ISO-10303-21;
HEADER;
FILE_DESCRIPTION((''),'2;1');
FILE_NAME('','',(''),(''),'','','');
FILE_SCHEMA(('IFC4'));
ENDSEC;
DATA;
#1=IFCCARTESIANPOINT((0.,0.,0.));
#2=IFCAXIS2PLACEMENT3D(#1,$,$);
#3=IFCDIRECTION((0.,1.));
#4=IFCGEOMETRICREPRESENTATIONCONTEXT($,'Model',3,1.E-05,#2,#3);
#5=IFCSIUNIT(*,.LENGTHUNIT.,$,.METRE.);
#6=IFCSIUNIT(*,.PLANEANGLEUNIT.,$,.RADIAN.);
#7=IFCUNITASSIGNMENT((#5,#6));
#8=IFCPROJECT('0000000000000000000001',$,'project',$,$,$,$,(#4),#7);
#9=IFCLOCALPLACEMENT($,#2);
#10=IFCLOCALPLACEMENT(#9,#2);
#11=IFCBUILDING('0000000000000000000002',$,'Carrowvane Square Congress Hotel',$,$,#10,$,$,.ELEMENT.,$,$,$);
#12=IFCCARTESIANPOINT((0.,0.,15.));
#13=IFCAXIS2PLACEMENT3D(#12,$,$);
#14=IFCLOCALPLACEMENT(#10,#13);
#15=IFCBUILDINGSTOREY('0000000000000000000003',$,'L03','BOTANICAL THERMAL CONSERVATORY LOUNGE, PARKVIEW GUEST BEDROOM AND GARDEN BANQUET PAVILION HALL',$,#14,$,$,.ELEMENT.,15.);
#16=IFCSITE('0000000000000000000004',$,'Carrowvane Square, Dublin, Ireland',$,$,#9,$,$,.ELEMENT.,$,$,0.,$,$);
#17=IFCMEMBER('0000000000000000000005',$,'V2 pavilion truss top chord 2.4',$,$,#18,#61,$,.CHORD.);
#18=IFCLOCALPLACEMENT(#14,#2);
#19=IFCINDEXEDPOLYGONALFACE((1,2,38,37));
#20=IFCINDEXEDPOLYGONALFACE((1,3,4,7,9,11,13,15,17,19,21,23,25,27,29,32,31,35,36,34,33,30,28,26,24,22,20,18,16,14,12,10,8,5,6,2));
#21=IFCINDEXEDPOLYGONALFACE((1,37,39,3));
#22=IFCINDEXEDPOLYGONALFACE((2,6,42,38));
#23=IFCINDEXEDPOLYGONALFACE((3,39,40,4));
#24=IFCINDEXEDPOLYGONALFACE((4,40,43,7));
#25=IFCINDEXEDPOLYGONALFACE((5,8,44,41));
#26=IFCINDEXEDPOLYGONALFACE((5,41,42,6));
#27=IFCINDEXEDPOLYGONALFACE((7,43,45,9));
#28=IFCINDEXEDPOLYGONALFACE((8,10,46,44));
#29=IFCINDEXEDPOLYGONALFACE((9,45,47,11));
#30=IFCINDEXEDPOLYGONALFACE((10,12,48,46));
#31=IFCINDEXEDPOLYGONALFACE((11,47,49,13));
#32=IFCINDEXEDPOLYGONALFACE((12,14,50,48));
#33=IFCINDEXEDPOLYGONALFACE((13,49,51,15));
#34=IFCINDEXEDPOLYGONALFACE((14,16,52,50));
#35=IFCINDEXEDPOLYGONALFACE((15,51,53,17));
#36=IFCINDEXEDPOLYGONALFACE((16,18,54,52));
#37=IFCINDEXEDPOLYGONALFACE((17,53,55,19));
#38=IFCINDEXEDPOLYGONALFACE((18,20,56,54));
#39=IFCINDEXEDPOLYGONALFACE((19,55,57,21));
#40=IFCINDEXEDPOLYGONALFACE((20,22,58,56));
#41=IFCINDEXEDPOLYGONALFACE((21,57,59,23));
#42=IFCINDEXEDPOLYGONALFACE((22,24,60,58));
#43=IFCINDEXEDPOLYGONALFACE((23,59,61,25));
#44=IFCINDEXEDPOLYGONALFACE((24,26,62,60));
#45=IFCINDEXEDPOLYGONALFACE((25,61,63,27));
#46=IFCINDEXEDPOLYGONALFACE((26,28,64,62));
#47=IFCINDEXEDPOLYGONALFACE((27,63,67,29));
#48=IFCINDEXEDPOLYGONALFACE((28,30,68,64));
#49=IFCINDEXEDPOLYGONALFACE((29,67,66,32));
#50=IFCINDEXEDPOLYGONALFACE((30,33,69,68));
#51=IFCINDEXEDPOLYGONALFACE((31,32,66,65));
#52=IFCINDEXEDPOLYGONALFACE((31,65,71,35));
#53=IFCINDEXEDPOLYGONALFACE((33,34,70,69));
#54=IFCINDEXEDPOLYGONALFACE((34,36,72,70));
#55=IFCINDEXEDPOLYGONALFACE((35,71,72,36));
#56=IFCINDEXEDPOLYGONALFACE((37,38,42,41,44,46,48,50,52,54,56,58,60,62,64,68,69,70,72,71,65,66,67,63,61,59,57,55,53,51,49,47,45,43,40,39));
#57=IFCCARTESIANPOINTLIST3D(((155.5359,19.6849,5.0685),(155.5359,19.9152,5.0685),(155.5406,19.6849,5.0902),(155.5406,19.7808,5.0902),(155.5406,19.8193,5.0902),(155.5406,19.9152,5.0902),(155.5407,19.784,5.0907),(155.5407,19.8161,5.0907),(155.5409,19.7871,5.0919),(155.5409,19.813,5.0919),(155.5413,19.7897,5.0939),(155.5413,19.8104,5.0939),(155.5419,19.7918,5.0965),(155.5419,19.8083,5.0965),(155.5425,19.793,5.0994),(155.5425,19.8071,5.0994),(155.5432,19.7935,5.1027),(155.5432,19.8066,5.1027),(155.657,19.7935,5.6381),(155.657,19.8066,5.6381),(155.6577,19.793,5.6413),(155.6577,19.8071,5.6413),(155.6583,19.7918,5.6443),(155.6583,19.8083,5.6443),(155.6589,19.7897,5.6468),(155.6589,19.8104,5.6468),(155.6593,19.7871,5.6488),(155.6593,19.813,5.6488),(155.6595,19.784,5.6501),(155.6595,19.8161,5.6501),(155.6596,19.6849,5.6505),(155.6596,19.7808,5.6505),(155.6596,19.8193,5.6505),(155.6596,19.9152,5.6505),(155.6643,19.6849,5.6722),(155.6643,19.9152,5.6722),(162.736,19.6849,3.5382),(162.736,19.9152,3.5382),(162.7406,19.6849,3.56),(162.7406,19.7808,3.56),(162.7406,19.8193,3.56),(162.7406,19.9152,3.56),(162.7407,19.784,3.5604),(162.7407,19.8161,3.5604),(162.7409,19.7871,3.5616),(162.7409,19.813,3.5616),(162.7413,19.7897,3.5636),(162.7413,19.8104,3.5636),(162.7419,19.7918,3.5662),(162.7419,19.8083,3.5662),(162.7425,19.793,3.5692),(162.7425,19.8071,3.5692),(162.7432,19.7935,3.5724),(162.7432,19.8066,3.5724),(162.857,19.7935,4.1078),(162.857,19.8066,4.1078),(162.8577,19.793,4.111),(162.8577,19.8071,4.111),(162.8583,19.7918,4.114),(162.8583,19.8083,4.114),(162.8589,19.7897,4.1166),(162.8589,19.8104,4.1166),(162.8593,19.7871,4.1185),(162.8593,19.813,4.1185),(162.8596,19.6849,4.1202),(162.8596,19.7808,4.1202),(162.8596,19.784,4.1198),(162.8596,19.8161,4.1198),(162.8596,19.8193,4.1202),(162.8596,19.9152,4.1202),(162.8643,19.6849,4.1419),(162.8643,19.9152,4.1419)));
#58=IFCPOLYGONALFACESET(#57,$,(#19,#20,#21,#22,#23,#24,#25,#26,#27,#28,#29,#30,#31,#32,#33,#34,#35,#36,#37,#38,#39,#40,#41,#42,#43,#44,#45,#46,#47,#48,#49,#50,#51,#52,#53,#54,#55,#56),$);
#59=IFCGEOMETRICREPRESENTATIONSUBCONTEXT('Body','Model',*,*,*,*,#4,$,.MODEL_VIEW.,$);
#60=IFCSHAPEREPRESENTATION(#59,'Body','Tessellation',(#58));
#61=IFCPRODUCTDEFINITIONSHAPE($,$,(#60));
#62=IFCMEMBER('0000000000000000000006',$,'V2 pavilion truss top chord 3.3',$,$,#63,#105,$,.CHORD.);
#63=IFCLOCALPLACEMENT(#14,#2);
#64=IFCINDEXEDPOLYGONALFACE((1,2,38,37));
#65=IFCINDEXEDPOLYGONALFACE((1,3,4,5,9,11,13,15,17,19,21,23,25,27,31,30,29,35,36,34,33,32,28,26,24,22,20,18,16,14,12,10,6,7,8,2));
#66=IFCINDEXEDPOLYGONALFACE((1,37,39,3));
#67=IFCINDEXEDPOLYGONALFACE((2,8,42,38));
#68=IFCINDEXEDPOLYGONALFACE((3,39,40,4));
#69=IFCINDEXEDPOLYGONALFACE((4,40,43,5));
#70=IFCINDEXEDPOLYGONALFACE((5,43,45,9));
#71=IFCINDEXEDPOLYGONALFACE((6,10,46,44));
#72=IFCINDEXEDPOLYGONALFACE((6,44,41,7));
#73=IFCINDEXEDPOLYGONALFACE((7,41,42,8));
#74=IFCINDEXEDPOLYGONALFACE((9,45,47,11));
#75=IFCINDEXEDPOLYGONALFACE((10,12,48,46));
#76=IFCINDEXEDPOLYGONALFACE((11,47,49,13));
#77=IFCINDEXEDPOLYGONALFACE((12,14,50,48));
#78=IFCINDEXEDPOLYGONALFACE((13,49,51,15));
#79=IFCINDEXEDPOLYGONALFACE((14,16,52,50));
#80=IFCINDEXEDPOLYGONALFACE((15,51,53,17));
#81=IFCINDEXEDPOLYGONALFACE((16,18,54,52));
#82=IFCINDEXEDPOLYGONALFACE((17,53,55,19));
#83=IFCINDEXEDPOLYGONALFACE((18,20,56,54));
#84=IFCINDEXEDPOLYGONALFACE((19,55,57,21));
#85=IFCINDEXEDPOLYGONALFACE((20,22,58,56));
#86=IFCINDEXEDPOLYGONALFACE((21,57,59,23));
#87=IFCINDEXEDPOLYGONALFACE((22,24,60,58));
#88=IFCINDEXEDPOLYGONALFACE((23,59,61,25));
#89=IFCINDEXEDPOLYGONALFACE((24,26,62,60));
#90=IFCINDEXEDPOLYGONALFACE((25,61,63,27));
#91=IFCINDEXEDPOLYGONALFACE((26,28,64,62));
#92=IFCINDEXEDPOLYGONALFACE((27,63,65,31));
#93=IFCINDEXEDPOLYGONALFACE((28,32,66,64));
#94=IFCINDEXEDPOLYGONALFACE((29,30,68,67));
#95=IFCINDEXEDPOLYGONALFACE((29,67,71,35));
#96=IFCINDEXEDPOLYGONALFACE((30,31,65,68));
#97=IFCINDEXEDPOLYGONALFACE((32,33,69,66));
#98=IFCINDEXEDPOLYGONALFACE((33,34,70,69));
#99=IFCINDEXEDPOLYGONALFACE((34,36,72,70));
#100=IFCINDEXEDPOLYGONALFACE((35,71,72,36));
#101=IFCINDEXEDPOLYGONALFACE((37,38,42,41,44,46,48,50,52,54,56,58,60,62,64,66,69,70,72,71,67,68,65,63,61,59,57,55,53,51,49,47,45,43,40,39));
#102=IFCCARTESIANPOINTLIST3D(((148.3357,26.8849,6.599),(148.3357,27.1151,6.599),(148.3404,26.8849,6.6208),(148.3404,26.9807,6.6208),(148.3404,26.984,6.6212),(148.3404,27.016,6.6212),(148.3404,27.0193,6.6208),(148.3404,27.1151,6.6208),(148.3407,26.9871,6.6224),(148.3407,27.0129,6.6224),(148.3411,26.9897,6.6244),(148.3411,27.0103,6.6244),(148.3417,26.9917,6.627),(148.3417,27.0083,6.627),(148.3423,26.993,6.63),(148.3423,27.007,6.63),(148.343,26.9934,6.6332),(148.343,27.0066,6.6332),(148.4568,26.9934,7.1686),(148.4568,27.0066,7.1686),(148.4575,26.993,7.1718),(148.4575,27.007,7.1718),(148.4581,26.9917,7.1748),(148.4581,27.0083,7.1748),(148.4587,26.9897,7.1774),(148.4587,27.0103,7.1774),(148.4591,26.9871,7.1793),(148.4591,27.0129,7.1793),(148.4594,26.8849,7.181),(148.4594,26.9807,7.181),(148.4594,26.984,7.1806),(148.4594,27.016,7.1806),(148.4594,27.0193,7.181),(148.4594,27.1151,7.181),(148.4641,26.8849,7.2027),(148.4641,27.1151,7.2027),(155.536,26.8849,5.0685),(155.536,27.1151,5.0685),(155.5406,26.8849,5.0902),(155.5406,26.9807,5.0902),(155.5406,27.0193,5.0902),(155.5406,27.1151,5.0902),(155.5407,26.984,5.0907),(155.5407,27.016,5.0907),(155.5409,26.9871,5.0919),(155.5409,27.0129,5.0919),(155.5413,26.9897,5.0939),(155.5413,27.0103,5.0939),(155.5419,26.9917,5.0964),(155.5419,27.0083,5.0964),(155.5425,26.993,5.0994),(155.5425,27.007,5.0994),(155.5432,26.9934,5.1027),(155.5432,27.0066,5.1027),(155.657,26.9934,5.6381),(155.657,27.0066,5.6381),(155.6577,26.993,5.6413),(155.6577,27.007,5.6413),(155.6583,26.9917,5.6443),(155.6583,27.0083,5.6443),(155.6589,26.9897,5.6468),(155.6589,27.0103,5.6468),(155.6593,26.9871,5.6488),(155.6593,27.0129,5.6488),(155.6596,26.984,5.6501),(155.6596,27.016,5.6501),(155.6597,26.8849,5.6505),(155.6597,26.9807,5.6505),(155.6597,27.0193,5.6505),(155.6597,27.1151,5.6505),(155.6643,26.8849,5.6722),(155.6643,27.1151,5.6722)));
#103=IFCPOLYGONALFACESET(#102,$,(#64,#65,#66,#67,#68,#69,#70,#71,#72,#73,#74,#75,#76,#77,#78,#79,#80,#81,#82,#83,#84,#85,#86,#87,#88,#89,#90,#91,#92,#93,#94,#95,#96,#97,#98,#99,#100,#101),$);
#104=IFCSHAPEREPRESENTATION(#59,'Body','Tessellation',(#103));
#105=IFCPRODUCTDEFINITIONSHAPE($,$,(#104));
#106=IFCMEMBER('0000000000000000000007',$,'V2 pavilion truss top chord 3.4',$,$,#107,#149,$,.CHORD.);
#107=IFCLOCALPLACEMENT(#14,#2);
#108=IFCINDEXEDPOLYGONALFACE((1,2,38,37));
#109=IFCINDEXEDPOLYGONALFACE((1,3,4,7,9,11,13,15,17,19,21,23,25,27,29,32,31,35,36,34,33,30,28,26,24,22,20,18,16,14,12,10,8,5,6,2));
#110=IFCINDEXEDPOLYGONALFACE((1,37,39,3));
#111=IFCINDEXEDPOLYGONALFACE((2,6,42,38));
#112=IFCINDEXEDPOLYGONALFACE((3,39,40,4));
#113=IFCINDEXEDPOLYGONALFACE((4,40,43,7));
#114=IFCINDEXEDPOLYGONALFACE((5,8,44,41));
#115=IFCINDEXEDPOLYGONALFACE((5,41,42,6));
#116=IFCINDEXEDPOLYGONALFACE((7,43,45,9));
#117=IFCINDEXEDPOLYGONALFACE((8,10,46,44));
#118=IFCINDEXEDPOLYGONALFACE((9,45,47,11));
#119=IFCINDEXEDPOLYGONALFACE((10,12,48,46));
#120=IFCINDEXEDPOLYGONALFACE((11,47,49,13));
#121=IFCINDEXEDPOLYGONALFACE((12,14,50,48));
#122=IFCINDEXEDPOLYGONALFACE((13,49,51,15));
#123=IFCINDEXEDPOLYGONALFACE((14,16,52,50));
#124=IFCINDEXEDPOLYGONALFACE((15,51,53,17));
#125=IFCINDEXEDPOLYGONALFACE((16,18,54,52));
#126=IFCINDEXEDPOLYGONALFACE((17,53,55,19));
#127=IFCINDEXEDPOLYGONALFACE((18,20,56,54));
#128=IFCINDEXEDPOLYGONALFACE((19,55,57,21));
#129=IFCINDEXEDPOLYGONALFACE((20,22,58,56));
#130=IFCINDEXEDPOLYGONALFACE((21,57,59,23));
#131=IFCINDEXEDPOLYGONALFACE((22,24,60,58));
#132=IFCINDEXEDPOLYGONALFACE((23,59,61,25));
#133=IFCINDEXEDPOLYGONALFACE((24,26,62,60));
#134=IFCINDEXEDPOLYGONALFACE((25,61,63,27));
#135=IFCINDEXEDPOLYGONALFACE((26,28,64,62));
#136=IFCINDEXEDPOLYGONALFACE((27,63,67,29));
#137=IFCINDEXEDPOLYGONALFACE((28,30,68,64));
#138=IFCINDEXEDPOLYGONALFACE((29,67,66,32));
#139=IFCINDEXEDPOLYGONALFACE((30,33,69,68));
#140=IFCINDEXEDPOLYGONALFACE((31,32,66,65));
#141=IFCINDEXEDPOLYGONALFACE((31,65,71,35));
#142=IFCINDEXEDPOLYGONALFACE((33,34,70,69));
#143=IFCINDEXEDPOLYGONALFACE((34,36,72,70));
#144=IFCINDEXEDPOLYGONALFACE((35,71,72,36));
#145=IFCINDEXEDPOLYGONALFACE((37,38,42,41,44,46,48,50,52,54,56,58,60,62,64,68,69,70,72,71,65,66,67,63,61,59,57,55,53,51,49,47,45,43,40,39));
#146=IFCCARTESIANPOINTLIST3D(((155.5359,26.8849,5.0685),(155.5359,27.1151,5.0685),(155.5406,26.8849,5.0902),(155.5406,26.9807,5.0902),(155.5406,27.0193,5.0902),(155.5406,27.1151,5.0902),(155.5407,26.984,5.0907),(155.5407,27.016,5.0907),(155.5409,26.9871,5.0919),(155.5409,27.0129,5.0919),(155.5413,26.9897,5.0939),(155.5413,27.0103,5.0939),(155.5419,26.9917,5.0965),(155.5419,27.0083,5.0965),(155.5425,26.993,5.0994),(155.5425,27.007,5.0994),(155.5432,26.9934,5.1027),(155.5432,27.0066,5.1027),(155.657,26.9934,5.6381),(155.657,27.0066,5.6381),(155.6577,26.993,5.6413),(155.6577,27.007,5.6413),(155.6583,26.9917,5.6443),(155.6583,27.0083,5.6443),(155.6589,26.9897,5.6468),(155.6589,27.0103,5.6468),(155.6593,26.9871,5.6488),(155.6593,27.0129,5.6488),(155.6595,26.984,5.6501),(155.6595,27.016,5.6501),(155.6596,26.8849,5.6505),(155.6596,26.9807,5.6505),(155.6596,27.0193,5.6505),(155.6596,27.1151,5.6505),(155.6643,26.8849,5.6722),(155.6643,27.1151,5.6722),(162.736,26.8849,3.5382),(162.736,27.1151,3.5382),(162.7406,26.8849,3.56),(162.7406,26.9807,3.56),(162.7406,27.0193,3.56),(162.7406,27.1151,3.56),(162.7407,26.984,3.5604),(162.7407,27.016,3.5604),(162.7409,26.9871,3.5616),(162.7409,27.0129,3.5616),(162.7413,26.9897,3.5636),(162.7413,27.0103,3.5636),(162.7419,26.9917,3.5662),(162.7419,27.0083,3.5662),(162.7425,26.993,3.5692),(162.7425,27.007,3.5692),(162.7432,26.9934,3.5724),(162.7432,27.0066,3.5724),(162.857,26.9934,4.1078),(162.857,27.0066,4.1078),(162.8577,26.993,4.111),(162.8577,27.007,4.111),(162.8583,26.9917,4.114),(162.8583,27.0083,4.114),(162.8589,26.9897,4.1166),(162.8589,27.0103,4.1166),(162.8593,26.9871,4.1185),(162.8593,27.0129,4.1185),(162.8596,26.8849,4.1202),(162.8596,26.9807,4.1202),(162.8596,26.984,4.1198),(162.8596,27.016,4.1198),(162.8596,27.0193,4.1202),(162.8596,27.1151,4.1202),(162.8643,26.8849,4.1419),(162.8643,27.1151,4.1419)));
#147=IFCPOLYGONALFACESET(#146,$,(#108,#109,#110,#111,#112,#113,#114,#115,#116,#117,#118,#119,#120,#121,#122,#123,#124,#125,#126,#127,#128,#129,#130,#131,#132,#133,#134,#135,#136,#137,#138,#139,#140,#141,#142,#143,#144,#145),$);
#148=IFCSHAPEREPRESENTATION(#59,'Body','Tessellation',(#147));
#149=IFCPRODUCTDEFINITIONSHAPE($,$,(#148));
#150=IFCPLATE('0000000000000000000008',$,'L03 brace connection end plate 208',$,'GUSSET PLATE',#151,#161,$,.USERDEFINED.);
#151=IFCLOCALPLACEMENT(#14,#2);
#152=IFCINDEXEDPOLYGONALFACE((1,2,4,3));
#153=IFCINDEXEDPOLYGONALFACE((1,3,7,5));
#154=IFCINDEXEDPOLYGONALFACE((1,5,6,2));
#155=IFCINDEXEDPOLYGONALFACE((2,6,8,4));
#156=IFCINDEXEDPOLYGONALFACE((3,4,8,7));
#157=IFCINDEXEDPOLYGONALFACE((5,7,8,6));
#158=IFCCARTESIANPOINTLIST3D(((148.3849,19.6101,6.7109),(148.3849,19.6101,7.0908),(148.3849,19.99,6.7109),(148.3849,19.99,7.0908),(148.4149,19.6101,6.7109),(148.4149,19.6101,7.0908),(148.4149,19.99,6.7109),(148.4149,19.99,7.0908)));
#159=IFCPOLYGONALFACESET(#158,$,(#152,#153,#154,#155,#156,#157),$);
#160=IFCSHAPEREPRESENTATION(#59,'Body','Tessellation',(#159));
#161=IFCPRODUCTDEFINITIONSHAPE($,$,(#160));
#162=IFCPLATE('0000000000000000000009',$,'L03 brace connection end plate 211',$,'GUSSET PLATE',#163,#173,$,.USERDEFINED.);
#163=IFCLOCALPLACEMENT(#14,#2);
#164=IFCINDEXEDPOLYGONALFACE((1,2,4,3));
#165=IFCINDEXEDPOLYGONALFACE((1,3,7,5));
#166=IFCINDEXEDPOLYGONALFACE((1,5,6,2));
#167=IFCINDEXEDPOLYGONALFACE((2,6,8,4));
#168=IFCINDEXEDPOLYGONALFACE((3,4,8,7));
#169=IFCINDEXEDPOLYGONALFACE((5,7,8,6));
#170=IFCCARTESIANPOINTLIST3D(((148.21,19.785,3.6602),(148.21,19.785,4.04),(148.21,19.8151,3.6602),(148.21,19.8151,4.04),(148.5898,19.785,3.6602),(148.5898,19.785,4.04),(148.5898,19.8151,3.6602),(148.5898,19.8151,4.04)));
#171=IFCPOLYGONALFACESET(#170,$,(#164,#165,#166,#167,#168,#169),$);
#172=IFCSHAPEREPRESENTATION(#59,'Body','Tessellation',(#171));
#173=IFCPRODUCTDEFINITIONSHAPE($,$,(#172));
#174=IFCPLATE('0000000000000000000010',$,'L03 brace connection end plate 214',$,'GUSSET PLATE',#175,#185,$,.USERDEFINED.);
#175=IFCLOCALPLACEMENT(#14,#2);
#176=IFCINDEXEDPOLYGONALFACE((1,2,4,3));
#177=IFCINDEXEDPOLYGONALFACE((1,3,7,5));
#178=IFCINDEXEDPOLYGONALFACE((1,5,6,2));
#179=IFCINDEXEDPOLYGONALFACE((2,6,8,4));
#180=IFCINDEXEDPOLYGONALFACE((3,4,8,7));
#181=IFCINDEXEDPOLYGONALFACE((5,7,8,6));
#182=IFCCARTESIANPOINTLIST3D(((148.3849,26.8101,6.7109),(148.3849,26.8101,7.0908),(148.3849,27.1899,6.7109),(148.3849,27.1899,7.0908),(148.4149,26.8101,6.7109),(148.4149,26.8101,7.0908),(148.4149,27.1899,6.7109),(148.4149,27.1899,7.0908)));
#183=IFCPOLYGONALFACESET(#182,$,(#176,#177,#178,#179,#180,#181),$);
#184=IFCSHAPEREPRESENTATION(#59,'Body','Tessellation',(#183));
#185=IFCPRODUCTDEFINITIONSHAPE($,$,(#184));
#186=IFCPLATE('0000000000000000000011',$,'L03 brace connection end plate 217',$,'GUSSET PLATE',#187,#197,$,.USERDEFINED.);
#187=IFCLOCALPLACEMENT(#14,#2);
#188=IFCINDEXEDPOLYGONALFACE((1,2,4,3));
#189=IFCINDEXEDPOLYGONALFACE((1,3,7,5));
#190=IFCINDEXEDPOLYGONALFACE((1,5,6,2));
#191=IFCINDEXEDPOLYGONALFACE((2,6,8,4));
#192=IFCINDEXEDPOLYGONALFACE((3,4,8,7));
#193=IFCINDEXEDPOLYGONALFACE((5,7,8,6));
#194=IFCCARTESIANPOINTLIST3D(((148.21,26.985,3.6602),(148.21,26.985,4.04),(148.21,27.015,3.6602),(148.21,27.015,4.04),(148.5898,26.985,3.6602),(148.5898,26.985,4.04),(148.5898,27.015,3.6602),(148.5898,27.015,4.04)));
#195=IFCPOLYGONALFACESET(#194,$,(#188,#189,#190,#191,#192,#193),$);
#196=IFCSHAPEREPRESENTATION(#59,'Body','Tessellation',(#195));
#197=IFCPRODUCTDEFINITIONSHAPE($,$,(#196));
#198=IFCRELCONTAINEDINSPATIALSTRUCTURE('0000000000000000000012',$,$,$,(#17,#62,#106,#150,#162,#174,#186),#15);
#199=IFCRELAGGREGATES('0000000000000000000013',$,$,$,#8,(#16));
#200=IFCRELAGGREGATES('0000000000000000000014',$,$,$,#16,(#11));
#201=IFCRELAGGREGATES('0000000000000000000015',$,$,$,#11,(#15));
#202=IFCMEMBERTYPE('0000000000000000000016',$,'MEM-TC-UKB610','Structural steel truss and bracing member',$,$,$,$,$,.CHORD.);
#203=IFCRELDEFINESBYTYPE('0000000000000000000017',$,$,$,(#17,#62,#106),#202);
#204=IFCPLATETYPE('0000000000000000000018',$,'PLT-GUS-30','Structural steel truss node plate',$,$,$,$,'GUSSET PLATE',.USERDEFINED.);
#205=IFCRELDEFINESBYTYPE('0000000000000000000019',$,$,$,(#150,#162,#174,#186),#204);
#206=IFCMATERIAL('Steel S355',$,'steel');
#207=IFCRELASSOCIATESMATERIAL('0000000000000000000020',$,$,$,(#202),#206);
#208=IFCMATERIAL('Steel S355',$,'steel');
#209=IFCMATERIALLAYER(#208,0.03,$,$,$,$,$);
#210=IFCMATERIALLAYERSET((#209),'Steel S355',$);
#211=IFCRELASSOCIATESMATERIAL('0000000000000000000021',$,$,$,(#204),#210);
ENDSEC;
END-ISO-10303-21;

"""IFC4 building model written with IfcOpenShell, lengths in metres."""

from ifc_helpers import new_model, si_unit, direction, frame, origin, origin_2d, place, context, subcontext, project, spatial, rectangle, i_section, extrude, material, layer, layer_set, material_profile, profile_set, type_object, element, save


model = new_model("IFC4")

# Units and contexts
model_context = context("Model", 3, precision=1e-05, world=origin(), true_north=direction((0.0, 1.0)))
body_context = subcontext(model_context, "Body", "Model", "MODEL_VIEW")
ifc_project = project(units=[si_unit("LENGTHUNIT", "METRE"), si_unit("PLANEANGLEUNIT", "RADIAN")], contexts=[model_context])

# Site, building, storey
site_placement = place(None, origin())
site = spatial("IfcSite", under=ifc_project, at=site_placement, Name="Carrowvane Square, Dublin, Ireland", CompositionType="ELEMENT", RefElevation=0.0)
building_placement = place(site_placement, origin())
building = spatial("IfcBuilding", under=site, at=building_placement, Name="Carrowvane Square Congress Hotel", CompositionType="ELEMENT")
storey_placement = place(building_placement, frame((0.0, 0.0, 15.0)))
storey = spatial("IfcBuildingStorey", under=building, at=storey_placement, Name="L03", Description="BOTANICAL THERMAL CONSERVATORY LOUNGE, PARKVIEW GUEST BEDROOM AND GARDEN BANQUET PAVILION HALL", CompositionType="ELEMENT", Elevation=15.0)

# Members
ifc_material_1 = material(Name="Steel S355", Category="steel")
ifc_material_profile_1 = material_profile(ifc_material_1, i_section(OverallWidth=0.2302, OverallDepth=0.6172, WebThickness=0.0132, FlangeThickness=0.0222, FilletRadius=0.0127, at=origin_2d()), Name="UKB 610x229x140")
ifc_profile_set_1 = profile_set([ifc_material_profile_1], Name="Steel S355")
member_type_1 = type_object("IfcMemberType", Name="MEM-TC-UKB610", Description="Structural steel truss and bracing member", PredefinedType="CHORD", material=ifc_profile_set_1)
member_1_placement = place(storey_placement, frame((155.6001, 19.8, 5.3704), z_axis=(0.978151, 0.0, -0.207896), x_axis=(0.0, 1.0, 0.0)))
element("IfcMember", 1, at=member_1_placement, inside=storey, type_object=member_type_1, Name="V2 pavilion truss top chord 2.4", PredefinedType="CHORD", context=body_context, shape_type="SweptSolid", body=[
    extrude(i_section(OverallWidth=0.2302, OverallDepth=0.6172, WebThickness=0.0132, FlangeThickness=0.0222, FilletRadius=0.0127, at=origin_2d()), origin(), (0.0, 0.0, 1.0), 7.3608),
])
member_2_placement = place(storey_placement, frame((148.3999, 27.0, 6.9009), z_axis=(0.978146, 0.0, -0.207921), x_axis=(0.0, 1.0, 0.0)))
element("IfcMember", 2, at=member_2_placement, inside=storey, type_object=member_type_1, Name="V2 pavilion truss top chord 3.3", PredefinedType="CHORD", context=body_context, shape_type="SweptSolid", body=[
    extrude(i_section(OverallWidth=0.2302, OverallDepth=0.6172, WebThickness=0.0132, FlangeThickness=0.0222, FilletRadius=0.0127, at=origin_2d()), origin(), (0.0, 0.0, 1.0), 7.3611),
])
member_3_placement = place(storey_placement, frame((155.6001, 27.0, 5.3704), z_axis=(0.978151, 0.0, -0.207896), x_axis=(0.0, 1.0, 0.0)))
element("IfcMember", 3, at=member_3_placement, inside=storey, type_object=member_type_1, Name="V2 pavilion truss top chord 3.4", PredefinedType="CHORD", context=body_context, shape_type="SweptSolid", body=[
    extrude(i_section(OverallWidth=0.2302, OverallDepth=0.6172, WebThickness=0.0132, FlangeThickness=0.0222, FilletRadius=0.0127, at=origin_2d()), origin(), (0.0, 0.0, 1.0), 7.3608),
])

# Plates
ifc_material_2 = material(Name="Steel S355", Category="steel")
ifc_layer_1 = layer(ifc_material_2, 0.03)
ifc_layer_set_1 = layer_set([ifc_layer_1], Name="Steel S355")
plate_type_1 = type_object("IfcPlateType", Name="PLT-GUS-30", Description="Structural steel truss node plate", ElementType="GUSSET PLATE", PredefinedType="USERDEFINED", material=ifc_layer_set_1)
plate_1_placement = place(storey_placement, frame((148.3999, 19.8, 6.7109), z_axis=(0.0, 0.0, 1.0), x_axis=(1.0, 0.0, 0.0)))
element("IfcPlate", 4, at=plate_1_placement, inside=storey, type_object=plate_type_1, Name="L03 brace connection end plate 208", ObjectType="GUSSET PLATE", PredefinedType="USERDEFINED", context=body_context, shape_type="SweptSolid", body=[
    extrude(rectangle(XDim=0.03, YDim=0.3799, at=origin_2d()), origin(), (0.0, 0.0, 1.0), 0.3799),
])
plate_2_placement = place(storey_placement, frame((148.3999, 19.8, 3.6602), z_axis=(0.0, 0.0, 1.0), x_axis=(1.0, 0.0, 0.0)))
element("IfcPlate", 5, at=plate_2_placement, inside=storey, type_object=plate_type_1, Name="L03 brace connection end plate 211", ObjectType="GUSSET PLATE", PredefinedType="USERDEFINED", context=body_context, shape_type="SweptSolid", body=[
    extrude(rectangle(XDim=0.3799, YDim=0.03, at=origin_2d()), origin(), (0.0, 0.0, 1.0), 0.3799),
])
plate_3_placement = place(storey_placement, frame((148.3999, 27.0, 6.7109), z_axis=(0.0, 0.0, 1.0), x_axis=(1.0, 0.0, 0.0)))
element("IfcPlate", 6, at=plate_3_placement, inside=storey, type_object=plate_type_1, Name="L03 brace connection end plate 214", ObjectType="GUSSET PLATE", PredefinedType="USERDEFINED", context=body_context, shape_type="SweptSolid", body=[
    extrude(rectangle(XDim=0.03, YDim=0.3799, at=origin_2d()), origin(), (0.0, 0.0, 1.0), 0.3799),
])
plate_4_placement = place(storey_placement, frame((148.3999, 27.0, 3.6602), z_axis=(0.0, 0.0, 1.0), x_axis=(1.0, 0.0, 0.0)))
element("IfcPlate", 7, at=plate_4_placement, inside=storey, type_object=plate_type_1, Name="L03 brace connection end plate 217", ObjectType="GUSSET PLATE", PredefinedType="USERDEFINED", context=body_context, shape_type="SweptSolid", body=[
    extrude(rectangle(XDim=0.3799, YDim=0.03, at=origin_2d()), origin(), (0.0, 0.0, 1.0), 0.3799),
])

save(model, "model.ifc")
